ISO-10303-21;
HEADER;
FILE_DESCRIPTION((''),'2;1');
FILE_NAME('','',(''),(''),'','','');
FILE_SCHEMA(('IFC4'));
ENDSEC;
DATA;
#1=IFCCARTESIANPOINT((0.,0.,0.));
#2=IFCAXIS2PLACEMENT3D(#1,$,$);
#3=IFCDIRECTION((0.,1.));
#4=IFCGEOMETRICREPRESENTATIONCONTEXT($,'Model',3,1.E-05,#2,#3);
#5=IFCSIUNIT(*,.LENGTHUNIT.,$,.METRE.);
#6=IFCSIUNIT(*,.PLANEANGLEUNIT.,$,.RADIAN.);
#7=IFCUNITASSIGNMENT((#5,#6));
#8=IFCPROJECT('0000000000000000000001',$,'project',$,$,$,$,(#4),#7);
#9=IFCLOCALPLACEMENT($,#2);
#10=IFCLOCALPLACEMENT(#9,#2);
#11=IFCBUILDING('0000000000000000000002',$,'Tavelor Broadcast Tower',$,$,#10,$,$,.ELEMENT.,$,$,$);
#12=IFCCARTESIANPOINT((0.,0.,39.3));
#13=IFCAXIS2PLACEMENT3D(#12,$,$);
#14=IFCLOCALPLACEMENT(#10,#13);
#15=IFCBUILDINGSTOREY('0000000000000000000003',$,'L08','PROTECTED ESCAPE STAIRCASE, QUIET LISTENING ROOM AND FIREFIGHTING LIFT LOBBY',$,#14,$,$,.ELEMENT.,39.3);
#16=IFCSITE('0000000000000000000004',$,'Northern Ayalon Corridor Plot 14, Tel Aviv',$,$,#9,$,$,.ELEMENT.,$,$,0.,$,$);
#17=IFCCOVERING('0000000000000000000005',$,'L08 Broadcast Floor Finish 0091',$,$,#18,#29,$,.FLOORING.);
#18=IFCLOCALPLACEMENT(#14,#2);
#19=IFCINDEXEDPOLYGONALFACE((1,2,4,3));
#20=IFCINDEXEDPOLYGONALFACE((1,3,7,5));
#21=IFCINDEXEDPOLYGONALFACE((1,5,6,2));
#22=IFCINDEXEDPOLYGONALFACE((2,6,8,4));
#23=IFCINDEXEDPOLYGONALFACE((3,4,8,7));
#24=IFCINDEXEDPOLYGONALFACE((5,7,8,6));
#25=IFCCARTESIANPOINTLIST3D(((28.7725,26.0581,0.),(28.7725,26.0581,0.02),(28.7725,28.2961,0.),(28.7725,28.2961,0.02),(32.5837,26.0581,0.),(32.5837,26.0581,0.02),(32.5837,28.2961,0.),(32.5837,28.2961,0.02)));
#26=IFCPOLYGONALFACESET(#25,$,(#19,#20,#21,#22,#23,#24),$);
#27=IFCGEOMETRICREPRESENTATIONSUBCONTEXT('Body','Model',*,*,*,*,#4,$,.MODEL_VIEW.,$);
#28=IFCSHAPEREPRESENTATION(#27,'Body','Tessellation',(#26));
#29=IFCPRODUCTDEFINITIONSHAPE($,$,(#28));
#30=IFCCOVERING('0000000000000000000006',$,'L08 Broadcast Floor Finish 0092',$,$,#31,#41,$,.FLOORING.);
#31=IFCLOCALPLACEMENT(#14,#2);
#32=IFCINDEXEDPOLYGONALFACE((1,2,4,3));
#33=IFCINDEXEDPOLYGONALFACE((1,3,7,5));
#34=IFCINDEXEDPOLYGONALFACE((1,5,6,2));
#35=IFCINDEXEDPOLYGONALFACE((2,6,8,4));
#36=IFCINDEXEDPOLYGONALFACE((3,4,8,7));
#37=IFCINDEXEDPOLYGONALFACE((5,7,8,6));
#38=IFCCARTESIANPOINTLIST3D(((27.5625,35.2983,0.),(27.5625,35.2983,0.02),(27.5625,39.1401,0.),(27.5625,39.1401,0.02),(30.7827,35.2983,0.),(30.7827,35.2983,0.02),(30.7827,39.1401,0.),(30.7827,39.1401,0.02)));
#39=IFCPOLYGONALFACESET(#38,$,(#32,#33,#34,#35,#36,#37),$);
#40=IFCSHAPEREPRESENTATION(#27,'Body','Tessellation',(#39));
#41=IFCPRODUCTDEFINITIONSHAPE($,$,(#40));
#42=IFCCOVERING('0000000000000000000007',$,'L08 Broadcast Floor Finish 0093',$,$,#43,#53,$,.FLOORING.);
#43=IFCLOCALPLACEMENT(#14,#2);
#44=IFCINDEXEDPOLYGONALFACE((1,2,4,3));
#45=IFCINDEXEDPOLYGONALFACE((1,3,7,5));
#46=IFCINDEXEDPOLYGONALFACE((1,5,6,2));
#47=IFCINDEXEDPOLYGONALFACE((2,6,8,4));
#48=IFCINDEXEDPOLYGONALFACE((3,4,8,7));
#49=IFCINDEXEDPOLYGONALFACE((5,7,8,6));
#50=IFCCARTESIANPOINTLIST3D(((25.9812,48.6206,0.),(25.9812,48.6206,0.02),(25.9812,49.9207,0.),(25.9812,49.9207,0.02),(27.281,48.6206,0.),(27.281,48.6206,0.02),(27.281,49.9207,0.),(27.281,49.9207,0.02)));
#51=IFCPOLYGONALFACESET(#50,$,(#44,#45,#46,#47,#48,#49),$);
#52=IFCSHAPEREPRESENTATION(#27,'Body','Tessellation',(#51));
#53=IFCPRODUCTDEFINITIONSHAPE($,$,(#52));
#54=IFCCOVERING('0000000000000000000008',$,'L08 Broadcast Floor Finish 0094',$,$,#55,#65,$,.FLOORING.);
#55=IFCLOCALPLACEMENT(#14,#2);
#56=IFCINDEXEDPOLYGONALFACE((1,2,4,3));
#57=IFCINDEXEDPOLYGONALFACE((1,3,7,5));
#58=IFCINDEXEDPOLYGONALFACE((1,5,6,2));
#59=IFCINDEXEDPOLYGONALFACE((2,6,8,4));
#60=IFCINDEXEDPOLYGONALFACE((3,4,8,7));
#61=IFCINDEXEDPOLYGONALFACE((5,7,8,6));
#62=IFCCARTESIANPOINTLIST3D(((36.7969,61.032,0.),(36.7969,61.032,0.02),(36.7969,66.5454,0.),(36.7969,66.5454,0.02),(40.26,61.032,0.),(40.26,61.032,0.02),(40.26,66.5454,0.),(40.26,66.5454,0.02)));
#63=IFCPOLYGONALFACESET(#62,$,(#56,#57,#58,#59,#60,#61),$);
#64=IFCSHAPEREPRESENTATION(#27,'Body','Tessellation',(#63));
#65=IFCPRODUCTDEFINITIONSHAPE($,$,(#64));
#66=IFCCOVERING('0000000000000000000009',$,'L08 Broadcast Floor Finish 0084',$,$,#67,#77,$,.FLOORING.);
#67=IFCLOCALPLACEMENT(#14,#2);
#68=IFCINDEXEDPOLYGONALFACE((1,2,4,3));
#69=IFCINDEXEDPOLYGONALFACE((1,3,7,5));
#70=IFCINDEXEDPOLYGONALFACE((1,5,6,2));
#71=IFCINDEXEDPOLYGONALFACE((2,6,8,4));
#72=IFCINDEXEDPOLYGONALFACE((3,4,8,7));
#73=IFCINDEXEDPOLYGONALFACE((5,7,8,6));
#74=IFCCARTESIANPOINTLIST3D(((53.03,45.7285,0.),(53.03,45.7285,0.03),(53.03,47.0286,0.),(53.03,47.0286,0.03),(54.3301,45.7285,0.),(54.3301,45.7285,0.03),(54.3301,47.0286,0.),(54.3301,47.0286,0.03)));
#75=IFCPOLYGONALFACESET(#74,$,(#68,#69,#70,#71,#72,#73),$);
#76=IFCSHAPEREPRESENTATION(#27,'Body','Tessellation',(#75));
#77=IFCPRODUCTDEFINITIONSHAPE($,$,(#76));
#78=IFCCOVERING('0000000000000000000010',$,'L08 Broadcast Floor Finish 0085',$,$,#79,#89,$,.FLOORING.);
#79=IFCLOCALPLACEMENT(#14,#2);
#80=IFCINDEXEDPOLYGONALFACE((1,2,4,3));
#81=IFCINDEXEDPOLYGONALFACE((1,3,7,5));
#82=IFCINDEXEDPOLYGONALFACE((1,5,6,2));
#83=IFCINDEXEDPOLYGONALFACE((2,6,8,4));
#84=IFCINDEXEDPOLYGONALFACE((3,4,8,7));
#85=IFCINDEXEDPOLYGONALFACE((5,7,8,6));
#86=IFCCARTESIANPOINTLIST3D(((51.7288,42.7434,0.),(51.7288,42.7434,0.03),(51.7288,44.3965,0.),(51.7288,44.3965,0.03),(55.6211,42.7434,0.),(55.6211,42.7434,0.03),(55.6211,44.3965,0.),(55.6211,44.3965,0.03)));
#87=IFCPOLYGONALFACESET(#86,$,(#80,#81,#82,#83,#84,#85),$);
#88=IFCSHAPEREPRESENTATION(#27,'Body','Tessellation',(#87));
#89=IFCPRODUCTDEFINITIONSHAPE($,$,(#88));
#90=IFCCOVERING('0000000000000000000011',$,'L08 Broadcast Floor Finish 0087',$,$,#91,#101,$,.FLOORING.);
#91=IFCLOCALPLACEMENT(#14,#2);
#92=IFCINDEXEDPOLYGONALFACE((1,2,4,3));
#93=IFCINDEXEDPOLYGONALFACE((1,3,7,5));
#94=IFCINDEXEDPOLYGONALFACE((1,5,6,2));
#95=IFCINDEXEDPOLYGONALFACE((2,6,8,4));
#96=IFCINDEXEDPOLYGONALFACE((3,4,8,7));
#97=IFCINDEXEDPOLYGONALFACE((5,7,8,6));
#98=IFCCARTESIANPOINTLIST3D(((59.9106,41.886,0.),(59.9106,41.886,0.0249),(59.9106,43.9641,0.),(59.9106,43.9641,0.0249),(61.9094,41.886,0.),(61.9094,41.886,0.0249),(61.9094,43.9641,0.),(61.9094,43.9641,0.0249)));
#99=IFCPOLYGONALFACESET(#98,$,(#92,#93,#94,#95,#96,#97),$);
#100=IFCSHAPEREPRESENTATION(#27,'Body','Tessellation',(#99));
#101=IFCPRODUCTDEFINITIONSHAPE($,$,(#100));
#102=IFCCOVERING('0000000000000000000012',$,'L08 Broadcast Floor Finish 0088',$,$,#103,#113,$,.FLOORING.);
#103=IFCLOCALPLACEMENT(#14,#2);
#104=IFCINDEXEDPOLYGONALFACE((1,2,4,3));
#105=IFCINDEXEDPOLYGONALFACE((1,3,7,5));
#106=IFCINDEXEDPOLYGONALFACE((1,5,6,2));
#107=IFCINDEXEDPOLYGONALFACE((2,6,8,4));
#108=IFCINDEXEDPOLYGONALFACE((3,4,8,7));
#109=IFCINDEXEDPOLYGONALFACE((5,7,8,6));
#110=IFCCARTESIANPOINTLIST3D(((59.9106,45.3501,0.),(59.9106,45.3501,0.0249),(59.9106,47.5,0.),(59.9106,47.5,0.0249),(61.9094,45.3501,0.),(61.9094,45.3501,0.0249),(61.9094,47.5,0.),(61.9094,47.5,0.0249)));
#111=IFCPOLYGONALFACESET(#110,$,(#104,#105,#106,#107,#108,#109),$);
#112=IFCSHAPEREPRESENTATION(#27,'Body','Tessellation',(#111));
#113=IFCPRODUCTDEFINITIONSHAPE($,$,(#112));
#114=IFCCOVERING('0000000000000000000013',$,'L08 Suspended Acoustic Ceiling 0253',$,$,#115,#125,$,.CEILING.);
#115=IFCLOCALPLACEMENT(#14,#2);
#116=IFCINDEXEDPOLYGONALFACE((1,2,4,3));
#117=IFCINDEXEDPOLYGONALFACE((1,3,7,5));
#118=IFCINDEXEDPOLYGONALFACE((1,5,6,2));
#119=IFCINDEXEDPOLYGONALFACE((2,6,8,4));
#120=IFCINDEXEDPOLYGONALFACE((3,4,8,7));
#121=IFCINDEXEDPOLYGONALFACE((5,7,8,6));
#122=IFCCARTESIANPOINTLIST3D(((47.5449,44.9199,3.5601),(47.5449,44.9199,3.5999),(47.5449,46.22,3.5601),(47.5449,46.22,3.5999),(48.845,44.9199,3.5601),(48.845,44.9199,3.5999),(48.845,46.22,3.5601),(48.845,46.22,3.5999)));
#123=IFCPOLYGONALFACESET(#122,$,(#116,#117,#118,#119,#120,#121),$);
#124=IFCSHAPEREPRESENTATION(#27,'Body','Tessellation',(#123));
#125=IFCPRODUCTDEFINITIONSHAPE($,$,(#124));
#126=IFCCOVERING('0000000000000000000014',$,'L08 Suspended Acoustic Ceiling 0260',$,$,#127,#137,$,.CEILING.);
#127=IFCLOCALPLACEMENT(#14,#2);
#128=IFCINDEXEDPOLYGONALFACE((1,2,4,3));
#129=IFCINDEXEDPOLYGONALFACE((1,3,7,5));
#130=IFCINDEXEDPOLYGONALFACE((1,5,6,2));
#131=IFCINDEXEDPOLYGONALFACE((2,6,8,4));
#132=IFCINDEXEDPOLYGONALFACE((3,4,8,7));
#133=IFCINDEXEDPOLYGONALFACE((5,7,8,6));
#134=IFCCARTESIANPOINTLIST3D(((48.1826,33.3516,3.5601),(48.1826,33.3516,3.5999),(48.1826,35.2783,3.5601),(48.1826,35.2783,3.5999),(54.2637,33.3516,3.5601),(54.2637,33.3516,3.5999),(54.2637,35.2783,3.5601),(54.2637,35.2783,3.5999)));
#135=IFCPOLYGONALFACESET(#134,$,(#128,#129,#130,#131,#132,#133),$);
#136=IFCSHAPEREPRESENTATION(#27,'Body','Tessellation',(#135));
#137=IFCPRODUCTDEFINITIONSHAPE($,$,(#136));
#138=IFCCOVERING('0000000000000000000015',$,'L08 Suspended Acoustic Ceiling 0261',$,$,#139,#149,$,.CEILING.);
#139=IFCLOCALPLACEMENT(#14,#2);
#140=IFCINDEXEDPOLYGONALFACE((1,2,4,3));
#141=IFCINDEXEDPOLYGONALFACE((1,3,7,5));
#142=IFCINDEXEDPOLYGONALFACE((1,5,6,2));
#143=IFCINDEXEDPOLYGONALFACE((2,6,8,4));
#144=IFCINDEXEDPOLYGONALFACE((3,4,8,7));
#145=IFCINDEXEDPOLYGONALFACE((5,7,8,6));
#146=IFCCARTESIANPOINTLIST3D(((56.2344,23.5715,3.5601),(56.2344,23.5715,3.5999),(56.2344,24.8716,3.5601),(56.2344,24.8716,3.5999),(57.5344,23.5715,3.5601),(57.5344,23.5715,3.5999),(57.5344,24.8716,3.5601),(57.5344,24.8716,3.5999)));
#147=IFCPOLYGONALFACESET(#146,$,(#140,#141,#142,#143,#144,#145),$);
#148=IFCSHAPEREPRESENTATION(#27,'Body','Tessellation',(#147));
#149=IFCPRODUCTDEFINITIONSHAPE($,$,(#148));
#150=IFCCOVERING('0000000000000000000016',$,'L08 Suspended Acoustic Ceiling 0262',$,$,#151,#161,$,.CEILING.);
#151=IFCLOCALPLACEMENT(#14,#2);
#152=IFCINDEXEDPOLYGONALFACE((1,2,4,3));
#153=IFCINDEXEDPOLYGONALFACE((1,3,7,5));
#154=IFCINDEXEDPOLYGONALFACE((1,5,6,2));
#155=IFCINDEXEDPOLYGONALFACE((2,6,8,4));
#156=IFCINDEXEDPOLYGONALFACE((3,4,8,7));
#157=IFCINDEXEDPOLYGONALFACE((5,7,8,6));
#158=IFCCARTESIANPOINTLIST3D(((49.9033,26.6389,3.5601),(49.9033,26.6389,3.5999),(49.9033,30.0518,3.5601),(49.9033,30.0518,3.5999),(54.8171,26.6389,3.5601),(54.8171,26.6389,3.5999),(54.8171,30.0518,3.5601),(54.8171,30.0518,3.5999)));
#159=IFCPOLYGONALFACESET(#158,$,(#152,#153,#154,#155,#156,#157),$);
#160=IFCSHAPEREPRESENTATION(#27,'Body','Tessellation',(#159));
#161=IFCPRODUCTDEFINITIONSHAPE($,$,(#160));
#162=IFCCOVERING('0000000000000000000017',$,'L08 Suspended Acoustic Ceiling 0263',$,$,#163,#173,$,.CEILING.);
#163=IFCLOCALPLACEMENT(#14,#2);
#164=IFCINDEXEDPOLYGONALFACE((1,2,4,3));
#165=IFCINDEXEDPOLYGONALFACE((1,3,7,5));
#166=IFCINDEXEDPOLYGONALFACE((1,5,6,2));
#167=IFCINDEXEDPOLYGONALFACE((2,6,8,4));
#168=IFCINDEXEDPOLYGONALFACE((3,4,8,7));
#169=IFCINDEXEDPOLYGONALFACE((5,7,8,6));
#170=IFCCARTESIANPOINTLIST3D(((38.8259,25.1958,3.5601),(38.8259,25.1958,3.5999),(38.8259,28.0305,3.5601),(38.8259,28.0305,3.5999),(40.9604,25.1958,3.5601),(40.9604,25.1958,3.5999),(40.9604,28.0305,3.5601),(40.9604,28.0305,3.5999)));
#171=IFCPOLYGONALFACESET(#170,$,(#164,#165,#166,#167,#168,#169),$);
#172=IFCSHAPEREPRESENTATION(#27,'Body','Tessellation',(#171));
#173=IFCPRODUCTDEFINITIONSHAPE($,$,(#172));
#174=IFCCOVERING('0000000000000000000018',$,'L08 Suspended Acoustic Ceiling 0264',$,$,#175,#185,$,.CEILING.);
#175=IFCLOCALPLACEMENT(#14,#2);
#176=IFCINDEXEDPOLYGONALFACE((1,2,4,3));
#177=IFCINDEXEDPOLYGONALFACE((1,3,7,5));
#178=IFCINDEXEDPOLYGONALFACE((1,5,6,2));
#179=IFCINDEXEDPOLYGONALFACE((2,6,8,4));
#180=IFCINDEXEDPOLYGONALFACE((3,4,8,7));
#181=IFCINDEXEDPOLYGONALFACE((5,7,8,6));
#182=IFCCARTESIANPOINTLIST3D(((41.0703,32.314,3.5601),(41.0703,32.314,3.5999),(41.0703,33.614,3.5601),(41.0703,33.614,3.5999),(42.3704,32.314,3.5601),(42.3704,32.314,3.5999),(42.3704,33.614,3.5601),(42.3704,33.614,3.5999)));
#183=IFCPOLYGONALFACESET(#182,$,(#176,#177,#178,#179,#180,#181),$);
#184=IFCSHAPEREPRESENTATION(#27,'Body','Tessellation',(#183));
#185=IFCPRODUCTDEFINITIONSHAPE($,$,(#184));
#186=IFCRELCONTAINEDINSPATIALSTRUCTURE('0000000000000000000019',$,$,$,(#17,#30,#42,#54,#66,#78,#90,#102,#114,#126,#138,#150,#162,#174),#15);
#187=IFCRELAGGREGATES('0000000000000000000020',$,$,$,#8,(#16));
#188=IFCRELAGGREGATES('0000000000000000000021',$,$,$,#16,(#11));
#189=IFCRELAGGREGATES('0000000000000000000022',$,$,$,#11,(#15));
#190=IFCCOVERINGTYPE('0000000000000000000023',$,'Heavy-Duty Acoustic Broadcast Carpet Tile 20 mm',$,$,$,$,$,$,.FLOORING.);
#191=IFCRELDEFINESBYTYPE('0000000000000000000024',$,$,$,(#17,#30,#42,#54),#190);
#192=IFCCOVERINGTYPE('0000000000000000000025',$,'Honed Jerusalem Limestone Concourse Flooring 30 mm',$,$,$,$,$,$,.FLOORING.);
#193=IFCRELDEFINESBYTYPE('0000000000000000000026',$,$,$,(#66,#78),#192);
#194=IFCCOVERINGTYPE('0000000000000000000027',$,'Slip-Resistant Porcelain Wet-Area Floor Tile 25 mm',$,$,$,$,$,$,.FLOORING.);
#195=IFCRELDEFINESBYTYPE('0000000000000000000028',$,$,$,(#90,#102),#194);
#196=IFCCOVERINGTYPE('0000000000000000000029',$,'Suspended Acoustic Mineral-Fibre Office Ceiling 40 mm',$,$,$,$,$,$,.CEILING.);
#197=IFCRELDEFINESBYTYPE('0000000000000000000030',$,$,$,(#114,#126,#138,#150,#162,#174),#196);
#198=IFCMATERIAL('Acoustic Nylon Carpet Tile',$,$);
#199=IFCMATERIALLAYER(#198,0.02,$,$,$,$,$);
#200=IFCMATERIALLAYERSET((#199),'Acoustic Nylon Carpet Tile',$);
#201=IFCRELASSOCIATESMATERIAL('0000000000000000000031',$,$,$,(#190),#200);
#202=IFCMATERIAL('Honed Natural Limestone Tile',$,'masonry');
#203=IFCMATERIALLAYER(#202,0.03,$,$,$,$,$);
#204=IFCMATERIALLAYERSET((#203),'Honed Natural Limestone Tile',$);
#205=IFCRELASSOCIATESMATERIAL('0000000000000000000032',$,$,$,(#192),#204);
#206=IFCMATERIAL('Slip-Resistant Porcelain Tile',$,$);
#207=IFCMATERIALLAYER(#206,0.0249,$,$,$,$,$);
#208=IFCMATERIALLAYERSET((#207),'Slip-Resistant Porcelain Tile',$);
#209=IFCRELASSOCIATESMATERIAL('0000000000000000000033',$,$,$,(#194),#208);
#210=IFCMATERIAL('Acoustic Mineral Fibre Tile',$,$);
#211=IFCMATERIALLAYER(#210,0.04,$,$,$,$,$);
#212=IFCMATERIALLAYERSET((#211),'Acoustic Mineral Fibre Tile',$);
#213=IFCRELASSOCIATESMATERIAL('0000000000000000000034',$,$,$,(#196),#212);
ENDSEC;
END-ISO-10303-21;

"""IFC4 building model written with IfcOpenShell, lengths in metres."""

from ifc_helpers import new_model, si_unit, direction, frame, origin, place, context, subcontext, project, spatial, polyline, outline, extrude, material, layer, layer_set, type_object, element, save


model = new_model("IFC4")

# Units and contexts
model_context = context("Model", 3, precision=1e-05, world=origin(), true_north=direction((0.0, 1.0)))
body_context = subcontext(model_context, "Body", "Model", "MODEL_VIEW")
ifc_project = project(units=[si_unit("LENGTHUNIT", "METRE"), si_unit("PLANEANGLEUNIT", "RADIAN")], contexts=[model_context])

# Site, building, storey
site_placement = place(None, origin())
site = spatial("IfcSite", under=ifc_project, at=site_placement, Name="Northern Ayalon Corridor Plot 14, Tel Aviv", CompositionType="ELEMENT", RefElevation=0.0)
building_placement = place(site_placement, origin())
building = spatial("IfcBuilding", under=site, at=building_placement, Name="Tavelor Broadcast Tower", CompositionType="ELEMENT")
storey_placement = place(building_placement, frame((0.0, 0.0, 39.3)))
storey = spatial("IfcBuildingStorey", under=building, at=storey_placement, Name="L08", Description="PROTECTED ESCAPE STAIRCASE, QUIET LISTENING ROOM AND FIREFIGHTING LIFT LOBBY", CompositionType="ELEMENT", Elevation=39.3)

# Coverings
ifc_material_1 = material(Name="Acoustic Nylon Carpet Tile")
ifc_layer_1 = layer(ifc_material_1, 0.02)
ifc_layer_set_1 = layer_set([ifc_layer_1], Name="Acoustic Nylon Carpet Tile")
covering_type_1 = type_object("IfcCoveringType", Name="Heavy-Duty Acoustic Broadcast Carpet Tile 20 mm", PredefinedType="FLOORING", material=ifc_layer_set_1)
covering_1_placement = place(storey_placement, origin())
element("IfcCovering", 1, at=covering_1_placement, inside=storey, type_object=covering_type_1, Name="L08 Broadcast Floor Finish 0091", PredefinedType="FLOORING", context=body_context, shape_type="SweptSolid", body=[
    extrude(outline(polyline([(28.7725, 26.0581), (32.5837, 26.0581), (32.5837, 28.2961), (28.7725, 28.2961), (28.7725, 26.0581)])), origin(), (0.0, 0.0, 1.0), 0.02),
])
covering_2_placement = place(storey_placement, origin())
element("IfcCovering", 2, at=covering_2_placement, inside=storey, type_object=covering_type_1, Name="L08 Broadcast Floor Finish 0092", PredefinedType="FLOORING", context=body_context, shape_type="SweptSolid", body=[
    extrude(outline(polyline([(27.5625, 35.2983), (30.7827, 35.2983), (30.7827, 39.1401), (27.5625, 39.1401), (27.5625, 35.2983)])), origin(), (0.0, 0.0, 1.0), 0.02),
])
covering_3_placement = place(storey_placement, origin())
element("IfcCovering", 3, at=covering_3_placement, inside=storey, type_object=covering_type_1, Name="L08 Broadcast Floor Finish 0093", PredefinedType="FLOORING", context=body_context, shape_type="SweptSolid", body=[
    extrude(outline(polyline([(25.9812, 48.6206), (27.281, 48.6206), (27.281, 49.9207), (25.9812, 49.9207), (25.9812, 48.6206)])), origin(), (0.0, 0.0, 1.0), 0.02),
])
covering_4_placement = place(storey_placement, origin())
element("IfcCovering", 4, at=covering_4_placement, inside=storey, type_object=covering_type_1, Name="L08 Broadcast Floor Finish 0094", PredefinedType="FLOORING", context=body_context, shape_type="SweptSolid", body=[
    extrude(outline(polyline([(36.7969, 61.032), (40.26, 61.032), (40.26, 66.5454), (36.7969, 66.5454), (36.7969, 61.032)])), origin(), (0.0, 0.0, 1.0), 0.02),
])
ifc_material_2 = material(Name="Honed Natural Limestone Tile", Category="masonry")
ifc_layer_2 = layer(ifc_material_2, 0.03)
ifc_layer_set_2 = layer_set([ifc_layer_2], Name="Honed Natural Limestone Tile")
covering_type_2 = type_object("IfcCoveringType", Name="Honed Jerusalem Limestone Concourse Flooring 30 mm", PredefinedType="FLOORING", material=ifc_layer_set_2)
covering_5_placement = place(storey_placement, origin())
element("IfcCovering", 5, at=covering_5_placement, inside=storey, type_object=covering_type_2, Name="L08 Broadcast Floor Finish 0084", PredefinedType="FLOORING", context=body_context, shape_type="SweptSolid", body=[
    extrude(outline(polyline([(53.03, 45.7285), (54.3301, 45.7285), (54.3301, 47.0286), (53.03, 47.0286), (53.03, 45.7285)])), origin(), (0.0, 0.0, 1.0), 0.03),
])
covering_6_placement = place(storey_placement, origin())
element("IfcCovering", 6, at=covering_6_placement, inside=storey, type_object=covering_type_2, Name="L08 Broadcast Floor Finish 0085", PredefinedType="FLOORING", context=body_context, shape_type="SweptSolid", body=[
    extrude(outline(polyline([(51.7288, 42.7434), (55.6211, 42.7434), (55.6211, 44.3965), (51.7288, 44.3965), (51.7288, 42.7434)])), origin(), (0.0, 0.0, 1.0), 0.03),
])
ifc_material_3 = material(Name="Slip-Resistant Porcelain Tile")
ifc_layer_3 = layer(ifc_material_3, 0.0249)
ifc_layer_set_3 = layer_set([ifc_layer_3], Name="Slip-Resistant Porcelain Tile")
covering_type_3 = type_object("IfcCoveringType", Name="Slip-Resistant Porcelain Wet-Area Floor Tile 25 mm", PredefinedType="FLOORING", material=ifc_layer_set_3)
covering_7_placement = place(storey_placement, origin())
element("IfcCovering", 7, at=covering_7_placement, inside=storey, type_object=covering_type_3, Name="L08 Broadcast Floor Finish 0087", PredefinedType="FLOORING", context=body_context, shape_type="SweptSolid", body=[
    extrude(outline(polyline([(59.9106, 41.886), (61.9094, 41.886), (61.9094, 43.9641), (59.9106, 43.9641), (59.9106, 41.886)])), origin(), (0.0, 0.0, 1.0), 0.0249),
])
covering_8_placement = place(storey_placement, origin())
element("IfcCovering", 8, at=covering_8_placement, inside=storey, type_object=covering_type_3, Name="L08 Broadcast Floor Finish 0088", PredefinedType="FLOORING", context=body_context, shape_type="SweptSolid", body=[
    extrude(outline(polyline([(59.9106, 45.3501), (61.9094, 45.3501), (61.9094, 47.5), (59.9106, 47.5), (59.9106, 45.3501)])), origin(), (0.0, 0.0, 1.0), 0.0249),
])
ifc_material_4 = material(Name="Acoustic Mineral Fibre Tile")
ifc_layer_4 = layer(ifc_material_4, 0.04)
ifc_layer_set_4 = layer_set([ifc_layer_4], Name="Acoustic Mineral Fibre Tile")
covering_type_4 = type_object("IfcCoveringType", Name="Suspended Acoustic Mineral-Fibre Office Ceiling 40 mm", PredefinedType="CEILING", material=ifc_layer_set_4)
covering_9_placement = place(storey_placement, frame((0.0, 0.0, 3.5601)))
element("IfcCovering", 9, at=covering_9_placement, inside=storey, type_object=covering_type_4, Name="L08 Suspended Acoustic Ceiling 0253", PredefinedType="CEILING", context=body_context, shape_type="SweptSolid", body=[
    extrude(outline(polyline([(47.5449, 44.9199), (48.845, 44.9199), (48.845, 46.22), (47.5449, 46.22), (47.5449, 44.9199)])), origin(), (0.0, 0.0, 1.0), 0.0398),
])
covering_10_placement = place(storey_placement, frame((0.0, 0.0, 3.5601)))
element("IfcCovering", 10, at=covering_10_placement, inside=storey, type_object=covering_type_4, Name="L08 Suspended Acoustic Ceiling 0260", PredefinedType="CEILING", context=body_context, shape_type="SweptSolid", body=[
    extrude(outline(polyline([(48.1826, 33.3516), (54.2637, 33.3516), (54.2637, 35.2783), (48.1826, 35.2783), (48.1826, 33.3516)])), origin(), (0.0, 0.0, 1.0), 0.0398),
])
covering_11_placement = place(storey_placement, frame((0.0, 0.0, 3.5601)))
element("IfcCovering", 11, at=covering_11_placement, inside=storey, type_object=covering_type_4, Name="L08 Suspended Acoustic Ceiling 0261", PredefinedType="CEILING", context=body_context, shape_type="SweptSolid", body=[
    extrude(outline(polyline([(56.2344, 23.5715), (57.5344, 23.5715), (57.5344, 24.8716), (56.2344, 24.8716), (56.2344, 23.5715)])), origin(), (0.0, 0.0, 1.0), 0.0398),
])
covering_12_placement = place(storey_placement, frame((0.0, 0.0, 3.5601)))
element("IfcCovering", 12, at=covering_12_placement, inside=storey, type_object=covering_type_4, Name="L08 Suspended Acoustic Ceiling 0262", PredefinedType="CEILING", context=body_context, shape_type="SweptSolid", body=[
    extrude(outline(polyline([(49.9033, 26.6389), (54.8171, 26.6389), (54.8171, 30.0518), (49.9033, 30.0518), (49.9033, 26.6389)])), origin(), (0.0, 0.0, 1.0), 0.0398),
])
covering_13_placement = place(storey_placement, frame((0.0, 0.0, 3.5601)))
element("IfcCovering", 13, at=covering_13_placement, inside=storey, type_object=covering_type_4, Name="L08 Suspended Acoustic Ceiling 0263", PredefinedType="CEILING", context=body_context, shape_type="SweptSolid", body=[
    extrude(outline(polyline([(38.8259, 25.1958), (40.9604, 25.1958), (40.9604, 28.0305), (38.8259, 28.0305), (38.8259, 25.1958)])), origin(), (0.0, 0.0, 1.0), 0.0398),
])
covering_14_placement = place(storey_placement, frame((0.0, 0.0, 3.5601)))
element("IfcCovering", 14, at=covering_14_placement, inside=storey, type_object=covering_type_4, Name="L08 Suspended Acoustic Ceiling 0264", PredefinedType="CEILING", context=body_context, shape_type="SweptSolid", body=[
    extrude(outline(polyline([(41.0703, 32.314), (42.3704, 32.314), (42.3704, 33.614), (41.0703, 33.614), (41.0703, 32.314)])), origin(), (0.0, 0.0, 1.0), 0.0398),
])

save(model, "model.ifc")
